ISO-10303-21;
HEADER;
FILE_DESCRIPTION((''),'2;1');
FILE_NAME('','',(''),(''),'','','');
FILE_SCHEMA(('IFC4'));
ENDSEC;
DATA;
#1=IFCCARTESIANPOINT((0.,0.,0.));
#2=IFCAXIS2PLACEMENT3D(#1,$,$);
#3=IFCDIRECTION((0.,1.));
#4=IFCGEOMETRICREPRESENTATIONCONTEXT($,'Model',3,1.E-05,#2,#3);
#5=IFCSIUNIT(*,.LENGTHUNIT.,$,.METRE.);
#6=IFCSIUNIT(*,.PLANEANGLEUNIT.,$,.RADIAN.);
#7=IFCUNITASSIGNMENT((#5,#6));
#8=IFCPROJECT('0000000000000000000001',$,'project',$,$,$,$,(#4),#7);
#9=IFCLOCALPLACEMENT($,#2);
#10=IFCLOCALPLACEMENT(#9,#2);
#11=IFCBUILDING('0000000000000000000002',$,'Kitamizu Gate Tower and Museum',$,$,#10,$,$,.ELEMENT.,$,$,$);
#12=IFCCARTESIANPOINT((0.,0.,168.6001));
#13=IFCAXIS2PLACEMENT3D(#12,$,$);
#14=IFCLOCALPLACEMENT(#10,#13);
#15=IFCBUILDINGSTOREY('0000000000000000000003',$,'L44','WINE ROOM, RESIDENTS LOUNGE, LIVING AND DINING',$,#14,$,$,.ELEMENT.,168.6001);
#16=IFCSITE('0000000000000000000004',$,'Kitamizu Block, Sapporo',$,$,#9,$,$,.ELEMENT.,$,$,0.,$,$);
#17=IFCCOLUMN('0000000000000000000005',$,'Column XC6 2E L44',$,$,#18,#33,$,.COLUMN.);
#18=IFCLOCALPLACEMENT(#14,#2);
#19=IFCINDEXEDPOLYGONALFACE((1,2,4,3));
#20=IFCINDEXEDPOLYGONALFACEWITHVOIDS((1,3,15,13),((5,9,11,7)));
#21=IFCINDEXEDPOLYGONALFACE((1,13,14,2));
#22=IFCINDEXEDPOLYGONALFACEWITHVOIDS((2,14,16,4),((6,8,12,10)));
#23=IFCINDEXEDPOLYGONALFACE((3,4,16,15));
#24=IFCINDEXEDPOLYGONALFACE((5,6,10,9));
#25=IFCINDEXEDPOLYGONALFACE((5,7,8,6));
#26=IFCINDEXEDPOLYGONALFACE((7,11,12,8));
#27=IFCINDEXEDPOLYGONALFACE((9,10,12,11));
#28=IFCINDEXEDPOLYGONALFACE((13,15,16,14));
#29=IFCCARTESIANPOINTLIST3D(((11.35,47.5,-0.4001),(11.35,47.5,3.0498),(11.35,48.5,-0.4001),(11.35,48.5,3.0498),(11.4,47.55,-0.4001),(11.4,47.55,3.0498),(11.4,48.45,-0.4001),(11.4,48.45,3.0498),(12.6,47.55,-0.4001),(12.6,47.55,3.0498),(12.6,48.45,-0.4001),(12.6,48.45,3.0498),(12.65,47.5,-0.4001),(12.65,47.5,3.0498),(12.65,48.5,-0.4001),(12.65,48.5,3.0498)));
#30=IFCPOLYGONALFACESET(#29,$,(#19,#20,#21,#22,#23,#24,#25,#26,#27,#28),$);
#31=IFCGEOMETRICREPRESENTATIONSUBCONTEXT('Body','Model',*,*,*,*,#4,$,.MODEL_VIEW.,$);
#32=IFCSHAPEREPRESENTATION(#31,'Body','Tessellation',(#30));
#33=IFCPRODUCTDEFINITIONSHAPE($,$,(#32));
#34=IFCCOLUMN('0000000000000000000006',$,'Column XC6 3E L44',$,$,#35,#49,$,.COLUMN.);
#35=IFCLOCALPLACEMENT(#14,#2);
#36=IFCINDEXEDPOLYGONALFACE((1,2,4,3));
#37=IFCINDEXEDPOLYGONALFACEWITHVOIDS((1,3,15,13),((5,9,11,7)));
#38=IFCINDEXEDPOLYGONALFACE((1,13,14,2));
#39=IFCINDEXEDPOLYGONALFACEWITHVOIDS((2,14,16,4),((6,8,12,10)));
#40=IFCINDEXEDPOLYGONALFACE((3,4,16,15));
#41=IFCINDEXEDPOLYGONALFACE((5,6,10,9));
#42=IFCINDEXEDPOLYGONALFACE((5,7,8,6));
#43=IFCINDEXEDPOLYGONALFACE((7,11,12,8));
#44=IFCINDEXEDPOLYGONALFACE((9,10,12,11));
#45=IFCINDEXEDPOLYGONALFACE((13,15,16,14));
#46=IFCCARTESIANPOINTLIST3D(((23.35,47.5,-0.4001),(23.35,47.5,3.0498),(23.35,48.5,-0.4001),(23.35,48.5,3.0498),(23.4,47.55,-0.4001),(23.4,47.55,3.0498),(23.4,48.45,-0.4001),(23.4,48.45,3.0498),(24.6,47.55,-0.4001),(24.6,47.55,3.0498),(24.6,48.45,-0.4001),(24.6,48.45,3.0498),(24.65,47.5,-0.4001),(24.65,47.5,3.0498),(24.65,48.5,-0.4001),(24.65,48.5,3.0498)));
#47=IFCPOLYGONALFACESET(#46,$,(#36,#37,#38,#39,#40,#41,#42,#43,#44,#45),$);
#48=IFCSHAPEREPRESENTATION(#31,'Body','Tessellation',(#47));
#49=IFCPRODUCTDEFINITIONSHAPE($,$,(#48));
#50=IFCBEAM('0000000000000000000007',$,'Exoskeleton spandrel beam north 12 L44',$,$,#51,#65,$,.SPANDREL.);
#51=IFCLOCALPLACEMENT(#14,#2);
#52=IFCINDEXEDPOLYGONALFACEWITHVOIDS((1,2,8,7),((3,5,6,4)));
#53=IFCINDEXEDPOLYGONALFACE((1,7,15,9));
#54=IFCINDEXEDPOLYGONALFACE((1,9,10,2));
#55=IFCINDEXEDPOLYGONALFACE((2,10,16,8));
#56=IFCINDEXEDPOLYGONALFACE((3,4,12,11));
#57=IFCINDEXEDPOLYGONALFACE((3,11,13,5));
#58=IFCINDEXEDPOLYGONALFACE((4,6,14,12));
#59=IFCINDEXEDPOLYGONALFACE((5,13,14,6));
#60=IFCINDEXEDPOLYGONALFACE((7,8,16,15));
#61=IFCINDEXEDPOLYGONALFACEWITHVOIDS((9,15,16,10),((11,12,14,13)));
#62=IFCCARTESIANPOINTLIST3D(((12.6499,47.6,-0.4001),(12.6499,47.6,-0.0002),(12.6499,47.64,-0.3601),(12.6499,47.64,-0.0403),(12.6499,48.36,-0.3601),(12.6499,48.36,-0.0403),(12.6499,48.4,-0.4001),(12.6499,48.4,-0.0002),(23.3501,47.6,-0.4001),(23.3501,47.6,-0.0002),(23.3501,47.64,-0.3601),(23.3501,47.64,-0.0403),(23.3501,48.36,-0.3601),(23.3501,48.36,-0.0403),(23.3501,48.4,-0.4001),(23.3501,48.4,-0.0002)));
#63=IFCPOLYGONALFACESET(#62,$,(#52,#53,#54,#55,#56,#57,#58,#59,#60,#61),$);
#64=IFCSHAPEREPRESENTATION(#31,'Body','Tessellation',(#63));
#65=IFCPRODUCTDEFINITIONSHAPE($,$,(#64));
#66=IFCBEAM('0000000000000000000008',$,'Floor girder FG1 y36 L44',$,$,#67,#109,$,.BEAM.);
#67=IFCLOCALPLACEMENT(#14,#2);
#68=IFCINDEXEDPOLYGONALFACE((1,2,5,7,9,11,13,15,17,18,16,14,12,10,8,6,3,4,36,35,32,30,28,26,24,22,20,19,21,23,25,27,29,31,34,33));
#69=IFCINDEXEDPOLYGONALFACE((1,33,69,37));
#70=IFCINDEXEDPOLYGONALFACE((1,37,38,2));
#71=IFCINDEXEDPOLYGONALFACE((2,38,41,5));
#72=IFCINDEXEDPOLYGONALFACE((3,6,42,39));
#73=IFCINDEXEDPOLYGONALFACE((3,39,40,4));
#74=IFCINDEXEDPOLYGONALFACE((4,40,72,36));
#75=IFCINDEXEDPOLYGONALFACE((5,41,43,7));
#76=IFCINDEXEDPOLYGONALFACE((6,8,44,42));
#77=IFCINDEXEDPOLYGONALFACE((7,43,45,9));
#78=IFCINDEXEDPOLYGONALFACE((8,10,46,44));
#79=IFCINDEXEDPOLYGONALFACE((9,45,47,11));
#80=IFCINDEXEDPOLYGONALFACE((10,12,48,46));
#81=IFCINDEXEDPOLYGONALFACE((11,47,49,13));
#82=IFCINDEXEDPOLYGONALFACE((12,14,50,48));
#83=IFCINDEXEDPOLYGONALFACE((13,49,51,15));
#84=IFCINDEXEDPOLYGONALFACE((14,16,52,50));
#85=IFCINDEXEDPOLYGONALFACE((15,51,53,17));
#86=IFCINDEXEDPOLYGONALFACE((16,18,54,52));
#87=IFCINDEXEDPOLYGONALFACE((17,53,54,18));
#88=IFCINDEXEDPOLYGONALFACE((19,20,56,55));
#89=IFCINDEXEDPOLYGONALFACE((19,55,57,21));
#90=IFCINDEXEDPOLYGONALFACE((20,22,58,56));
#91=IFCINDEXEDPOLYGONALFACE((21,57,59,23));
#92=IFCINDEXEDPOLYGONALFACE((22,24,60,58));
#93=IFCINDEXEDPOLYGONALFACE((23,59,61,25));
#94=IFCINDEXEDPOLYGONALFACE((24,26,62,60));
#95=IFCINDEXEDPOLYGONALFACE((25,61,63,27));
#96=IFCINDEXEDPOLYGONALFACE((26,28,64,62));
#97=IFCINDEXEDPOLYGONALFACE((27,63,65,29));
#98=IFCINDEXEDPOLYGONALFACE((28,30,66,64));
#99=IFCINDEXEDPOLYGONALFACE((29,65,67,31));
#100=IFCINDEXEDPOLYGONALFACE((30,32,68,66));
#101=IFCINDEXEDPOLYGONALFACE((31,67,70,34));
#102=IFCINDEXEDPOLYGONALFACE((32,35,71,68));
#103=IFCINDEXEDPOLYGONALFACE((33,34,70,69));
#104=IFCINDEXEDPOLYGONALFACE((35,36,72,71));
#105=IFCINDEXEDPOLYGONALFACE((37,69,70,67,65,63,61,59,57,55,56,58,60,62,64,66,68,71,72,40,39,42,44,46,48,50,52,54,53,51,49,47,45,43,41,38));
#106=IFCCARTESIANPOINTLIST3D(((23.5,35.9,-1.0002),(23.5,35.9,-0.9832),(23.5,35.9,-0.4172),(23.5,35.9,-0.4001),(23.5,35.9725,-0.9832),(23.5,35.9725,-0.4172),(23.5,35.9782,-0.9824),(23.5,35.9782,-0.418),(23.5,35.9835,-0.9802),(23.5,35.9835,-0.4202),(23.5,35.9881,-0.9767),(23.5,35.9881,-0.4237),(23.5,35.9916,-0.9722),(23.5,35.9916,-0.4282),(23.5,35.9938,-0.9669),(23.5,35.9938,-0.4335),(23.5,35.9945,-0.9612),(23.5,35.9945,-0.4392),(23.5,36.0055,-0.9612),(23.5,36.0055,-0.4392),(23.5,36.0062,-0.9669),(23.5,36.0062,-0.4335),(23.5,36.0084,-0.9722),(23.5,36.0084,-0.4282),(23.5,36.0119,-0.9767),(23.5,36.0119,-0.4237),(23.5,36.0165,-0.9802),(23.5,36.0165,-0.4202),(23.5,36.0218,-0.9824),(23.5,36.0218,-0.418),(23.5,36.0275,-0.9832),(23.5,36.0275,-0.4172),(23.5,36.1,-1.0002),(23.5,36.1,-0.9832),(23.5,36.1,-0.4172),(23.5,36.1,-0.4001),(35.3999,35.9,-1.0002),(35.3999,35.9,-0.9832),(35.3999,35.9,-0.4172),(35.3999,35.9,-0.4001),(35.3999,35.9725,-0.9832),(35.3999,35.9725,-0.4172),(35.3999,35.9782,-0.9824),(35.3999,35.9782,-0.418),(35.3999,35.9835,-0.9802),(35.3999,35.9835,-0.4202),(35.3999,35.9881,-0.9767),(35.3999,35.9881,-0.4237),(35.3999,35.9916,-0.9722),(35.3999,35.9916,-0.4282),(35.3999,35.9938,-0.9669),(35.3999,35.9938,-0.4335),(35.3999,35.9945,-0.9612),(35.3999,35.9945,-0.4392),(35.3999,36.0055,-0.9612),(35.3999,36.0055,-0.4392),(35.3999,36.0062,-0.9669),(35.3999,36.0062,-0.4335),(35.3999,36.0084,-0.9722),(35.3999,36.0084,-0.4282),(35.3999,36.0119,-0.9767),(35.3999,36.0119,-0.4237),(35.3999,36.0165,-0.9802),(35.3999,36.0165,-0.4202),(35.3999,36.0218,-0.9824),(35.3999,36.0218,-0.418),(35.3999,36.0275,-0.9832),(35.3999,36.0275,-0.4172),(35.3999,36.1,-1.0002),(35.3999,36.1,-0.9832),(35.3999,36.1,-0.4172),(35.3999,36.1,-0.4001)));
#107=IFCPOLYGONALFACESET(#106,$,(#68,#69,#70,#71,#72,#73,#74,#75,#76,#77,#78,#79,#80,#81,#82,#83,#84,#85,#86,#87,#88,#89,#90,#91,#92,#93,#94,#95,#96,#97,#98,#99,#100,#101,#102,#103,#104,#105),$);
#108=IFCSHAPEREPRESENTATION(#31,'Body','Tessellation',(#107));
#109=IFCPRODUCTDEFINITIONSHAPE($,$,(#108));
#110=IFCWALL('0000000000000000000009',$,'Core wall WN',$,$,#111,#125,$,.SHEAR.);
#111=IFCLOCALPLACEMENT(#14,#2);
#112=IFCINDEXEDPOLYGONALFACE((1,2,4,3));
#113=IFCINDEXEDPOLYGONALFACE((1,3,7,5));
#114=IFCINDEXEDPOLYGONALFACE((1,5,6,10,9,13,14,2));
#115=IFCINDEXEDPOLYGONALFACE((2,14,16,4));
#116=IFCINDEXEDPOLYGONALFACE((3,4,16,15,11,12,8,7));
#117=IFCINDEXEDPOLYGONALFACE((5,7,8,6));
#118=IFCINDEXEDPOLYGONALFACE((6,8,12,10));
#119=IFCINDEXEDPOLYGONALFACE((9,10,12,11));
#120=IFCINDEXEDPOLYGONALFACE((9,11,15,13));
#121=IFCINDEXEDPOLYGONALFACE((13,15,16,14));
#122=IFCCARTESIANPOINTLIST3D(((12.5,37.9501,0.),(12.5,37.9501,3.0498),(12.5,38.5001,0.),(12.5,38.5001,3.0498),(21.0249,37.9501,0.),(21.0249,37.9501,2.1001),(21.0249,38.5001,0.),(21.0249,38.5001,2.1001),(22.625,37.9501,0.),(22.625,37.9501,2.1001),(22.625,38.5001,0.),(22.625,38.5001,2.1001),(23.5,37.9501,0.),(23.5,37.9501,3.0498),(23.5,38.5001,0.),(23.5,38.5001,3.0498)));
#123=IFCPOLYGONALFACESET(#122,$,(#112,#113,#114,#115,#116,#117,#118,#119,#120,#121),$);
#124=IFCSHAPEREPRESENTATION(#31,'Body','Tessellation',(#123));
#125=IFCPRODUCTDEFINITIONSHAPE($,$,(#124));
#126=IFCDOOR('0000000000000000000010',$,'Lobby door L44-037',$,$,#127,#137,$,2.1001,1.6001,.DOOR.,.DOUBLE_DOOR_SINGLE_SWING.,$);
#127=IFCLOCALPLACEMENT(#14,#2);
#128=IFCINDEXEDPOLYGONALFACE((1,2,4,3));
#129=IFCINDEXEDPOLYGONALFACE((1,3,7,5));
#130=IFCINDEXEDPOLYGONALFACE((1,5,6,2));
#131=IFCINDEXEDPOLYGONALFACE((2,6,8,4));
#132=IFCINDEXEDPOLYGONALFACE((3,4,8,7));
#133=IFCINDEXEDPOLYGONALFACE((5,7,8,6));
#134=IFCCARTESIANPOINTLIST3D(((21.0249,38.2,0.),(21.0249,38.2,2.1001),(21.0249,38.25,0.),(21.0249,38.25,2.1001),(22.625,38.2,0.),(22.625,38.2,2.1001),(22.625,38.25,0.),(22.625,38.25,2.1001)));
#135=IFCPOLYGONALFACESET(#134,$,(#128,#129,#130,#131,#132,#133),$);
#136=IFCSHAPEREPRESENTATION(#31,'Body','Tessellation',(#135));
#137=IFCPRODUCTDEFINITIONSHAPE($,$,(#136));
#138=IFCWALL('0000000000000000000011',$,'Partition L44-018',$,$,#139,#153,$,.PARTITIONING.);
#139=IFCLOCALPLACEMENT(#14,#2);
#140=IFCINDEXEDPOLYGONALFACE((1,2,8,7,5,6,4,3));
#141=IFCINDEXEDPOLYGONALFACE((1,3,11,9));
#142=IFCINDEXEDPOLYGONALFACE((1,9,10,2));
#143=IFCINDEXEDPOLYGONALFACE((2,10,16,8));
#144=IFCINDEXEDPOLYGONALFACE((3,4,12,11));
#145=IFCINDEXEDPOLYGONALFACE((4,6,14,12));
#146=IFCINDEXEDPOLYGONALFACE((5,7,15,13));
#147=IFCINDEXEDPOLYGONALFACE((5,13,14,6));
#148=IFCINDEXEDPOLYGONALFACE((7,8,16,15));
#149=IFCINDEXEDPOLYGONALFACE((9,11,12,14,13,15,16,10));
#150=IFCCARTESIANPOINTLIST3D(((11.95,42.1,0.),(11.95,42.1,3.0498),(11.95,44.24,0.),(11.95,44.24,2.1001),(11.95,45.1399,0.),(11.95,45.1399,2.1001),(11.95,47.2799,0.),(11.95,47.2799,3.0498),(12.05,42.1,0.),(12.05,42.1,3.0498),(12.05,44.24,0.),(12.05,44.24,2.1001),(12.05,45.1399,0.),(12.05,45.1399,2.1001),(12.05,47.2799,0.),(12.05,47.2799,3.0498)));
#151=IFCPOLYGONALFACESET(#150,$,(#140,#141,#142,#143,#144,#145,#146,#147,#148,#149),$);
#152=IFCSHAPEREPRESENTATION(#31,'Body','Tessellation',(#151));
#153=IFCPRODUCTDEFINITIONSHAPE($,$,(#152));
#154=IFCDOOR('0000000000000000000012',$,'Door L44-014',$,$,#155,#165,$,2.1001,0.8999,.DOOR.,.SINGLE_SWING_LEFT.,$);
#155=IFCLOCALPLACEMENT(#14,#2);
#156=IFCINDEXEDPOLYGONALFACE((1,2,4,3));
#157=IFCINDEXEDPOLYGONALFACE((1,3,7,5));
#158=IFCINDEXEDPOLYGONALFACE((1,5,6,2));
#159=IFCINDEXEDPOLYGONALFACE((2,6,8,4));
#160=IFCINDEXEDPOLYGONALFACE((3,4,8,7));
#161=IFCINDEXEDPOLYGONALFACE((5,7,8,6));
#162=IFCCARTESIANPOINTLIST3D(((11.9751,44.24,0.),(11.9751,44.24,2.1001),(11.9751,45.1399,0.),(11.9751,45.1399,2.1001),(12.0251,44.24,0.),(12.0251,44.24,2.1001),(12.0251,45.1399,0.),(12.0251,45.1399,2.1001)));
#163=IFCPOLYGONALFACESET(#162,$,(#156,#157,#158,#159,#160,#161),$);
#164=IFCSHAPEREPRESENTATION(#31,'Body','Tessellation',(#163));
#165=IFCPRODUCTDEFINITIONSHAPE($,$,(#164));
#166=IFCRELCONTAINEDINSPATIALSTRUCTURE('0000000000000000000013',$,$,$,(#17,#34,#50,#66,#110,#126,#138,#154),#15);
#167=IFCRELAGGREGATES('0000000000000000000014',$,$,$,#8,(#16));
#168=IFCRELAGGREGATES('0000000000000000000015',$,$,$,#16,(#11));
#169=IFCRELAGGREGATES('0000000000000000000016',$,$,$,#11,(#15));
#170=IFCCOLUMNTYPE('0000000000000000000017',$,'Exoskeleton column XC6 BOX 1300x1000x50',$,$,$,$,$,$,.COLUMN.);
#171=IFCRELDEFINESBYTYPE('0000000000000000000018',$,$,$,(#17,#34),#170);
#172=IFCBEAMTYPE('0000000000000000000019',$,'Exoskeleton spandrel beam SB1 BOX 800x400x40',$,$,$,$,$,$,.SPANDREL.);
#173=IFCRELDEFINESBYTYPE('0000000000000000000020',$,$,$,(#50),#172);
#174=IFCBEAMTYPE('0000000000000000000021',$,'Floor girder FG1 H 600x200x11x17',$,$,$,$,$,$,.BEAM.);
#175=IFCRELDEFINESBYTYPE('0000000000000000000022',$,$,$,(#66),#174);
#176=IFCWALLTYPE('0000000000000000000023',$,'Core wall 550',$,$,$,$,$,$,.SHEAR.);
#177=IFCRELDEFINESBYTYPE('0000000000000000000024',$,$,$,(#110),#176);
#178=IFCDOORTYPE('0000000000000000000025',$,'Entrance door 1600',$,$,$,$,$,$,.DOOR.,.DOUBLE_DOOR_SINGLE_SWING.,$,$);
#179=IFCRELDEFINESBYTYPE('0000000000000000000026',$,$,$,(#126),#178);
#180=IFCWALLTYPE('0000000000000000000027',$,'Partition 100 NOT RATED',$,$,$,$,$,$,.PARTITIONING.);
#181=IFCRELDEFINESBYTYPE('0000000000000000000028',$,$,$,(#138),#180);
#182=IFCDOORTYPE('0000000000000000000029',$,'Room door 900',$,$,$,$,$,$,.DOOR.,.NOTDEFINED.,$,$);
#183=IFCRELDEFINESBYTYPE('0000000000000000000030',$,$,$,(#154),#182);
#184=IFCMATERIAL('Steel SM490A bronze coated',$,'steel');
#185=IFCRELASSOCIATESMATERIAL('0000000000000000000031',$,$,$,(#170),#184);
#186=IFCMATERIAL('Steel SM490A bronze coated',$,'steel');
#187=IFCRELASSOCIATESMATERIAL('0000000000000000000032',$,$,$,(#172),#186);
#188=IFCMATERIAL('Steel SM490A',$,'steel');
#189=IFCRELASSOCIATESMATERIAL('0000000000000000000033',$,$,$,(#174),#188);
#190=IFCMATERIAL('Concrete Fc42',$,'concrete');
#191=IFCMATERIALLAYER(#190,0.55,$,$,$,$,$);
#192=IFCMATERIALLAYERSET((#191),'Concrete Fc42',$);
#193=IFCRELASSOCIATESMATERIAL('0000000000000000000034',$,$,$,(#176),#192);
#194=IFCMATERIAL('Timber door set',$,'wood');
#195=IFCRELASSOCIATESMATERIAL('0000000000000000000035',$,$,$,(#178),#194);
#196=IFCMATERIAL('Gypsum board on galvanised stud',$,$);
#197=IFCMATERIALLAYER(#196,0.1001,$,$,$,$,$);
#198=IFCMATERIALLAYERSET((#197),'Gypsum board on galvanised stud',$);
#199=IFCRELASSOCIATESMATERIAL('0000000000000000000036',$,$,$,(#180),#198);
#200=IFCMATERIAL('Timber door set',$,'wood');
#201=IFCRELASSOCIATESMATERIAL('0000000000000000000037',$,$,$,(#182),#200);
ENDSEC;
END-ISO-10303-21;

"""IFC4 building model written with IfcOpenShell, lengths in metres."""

from ifc_helpers import new_model, si_unit, direction, frame, frame_2d, origin, origin_2d, place, context, subcontext, project, spatial, rectangle, hollow_rectangle, i_section, extrude, material, layer, layer_set, material_profile, profile_set, type_object, element, fill, save


model = new_model("IFC4")

# Units and contexts
model_context = context("Model", 3, precision=1e-05, world=origin(), true_north=direction((0.0, 1.0)))
body_context = subcontext(model_context, "Body", "Model", "MODEL_VIEW")
ifc_project = project(units=[si_unit("LENGTHUNIT", "METRE"), si_unit("PLANEANGLEUNIT", "RADIAN")], contexts=[model_context])

# Site, building, storey
site_placement = place(None, origin())
site = spatial("IfcSite", under=ifc_project, at=site_placement, Name="Kitamizu Block, Sapporo", CompositionType="ELEMENT", RefElevation=0.0)
building_placement = place(site_placement, origin())
building = spatial("IfcBuilding", under=site, at=building_placement, Name="Kitamizu Gate Tower and Museum", CompositionType="ELEMENT")
storey_placement = place(building_placement, frame((0.0, 0.0, 168.6001)))
storey = spatial("IfcBuildingStorey", under=building, at=storey_placement, Name="L44", Description="WINE ROOM, RESIDENTS LOUNGE, LIVING AND DINING", CompositionType="ELEMENT", Elevation=168.6001)

# Columns
ifc_material_1 = material(Name="Steel SM490A bronze coated", Category="steel")
ifc_material_profile_1 = material_profile(ifc_material_1, hollow_rectangle(XDim=1.3, YDim=1.0, WallThickness=0.05, at=origin_2d()), Name="BOX 1300x1000x50")
ifc_profile_set_1 = profile_set([ifc_material_profile_1], Name="Steel SM490A bronze coated")
column_type = type_object("IfcColumnType", Name="Exoskeleton column XC6 BOX 1300x1000x50", PredefinedType="COLUMN", material=ifc_profile_set_1)
for number, where, z_axis, x_axis, name in (
    (1, (12.0, 48.0, -0.4001), (0.0, 0.0, 1.0), (1.0, 0.0, 0.0), "Column XC6 2E L44"),
    (2, (24.0, 48.0, -0.4001), (0.0, 0.0, 1.0), (1.0, 0.0, 0.0), "Column XC6 3E L44"),
):
    element("IfcColumn", number, at=place(storey_placement, frame(where, z_axis=z_axis, x_axis=x_axis)), inside=storey, type_object=column_type, Name=name, PredefinedType="COLUMN", context=body_context, shape_type="SweptSolid", body=[
        extrude(hollow_rectangle(XDim=1.3, YDim=1.0, WallThickness=0.05, at=origin_2d()), origin(), (0.0, 0.0, 1.0), 3.45),
    ])

# Beams
ifc_material_2 = material(Name="Steel SM490A bronze coated", Category="steel")
ifc_material_profile_2 = material_profile(ifc_material_2, hollow_rectangle(XDim=0.8, YDim=0.3999, WallThickness=0.04, at=origin_2d()), Name="BOX 800x400x40")
ifc_profile_set_2 = profile_set([ifc_material_profile_2], Name="Steel SM490A bronze coated")
beam_type_1 = type_object("IfcBeamType", Name="Exoskeleton spandrel beam SB1 BOX 800x400x40", PredefinedType="SPANDREL", material=ifc_profile_set_2)
beam_1_placement = place(storey_placement, frame((12.6499, 48.0, -0.2002), z_axis=(1.0, 0.0, 0.0), x_axis=(0.0, 1.0, 0.0)))
element("IfcBeam", 3, at=beam_1_placement, inside=storey, type_object=beam_type_1, Name="Exoskeleton spandrel beam north 12 L44", PredefinedType="SPANDREL", context=body_context, shape_type="SweptSolid", body=[
    extrude(hollow_rectangle(XDim=0.8, YDim=0.3999, WallThickness=0.04, at=origin_2d()), origin(), (0.0, 0.0, 1.0), 10.7002),
])
ifc_material_3 = material(Name="Steel SM490A", Category="steel")
ifc_material_profile_3 = material_profile(ifc_material_3, i_section(OverallWidth=0.2, OverallDepth=0.6001, WebThickness=0.011, FlangeThickness=0.0171, FilletRadius=0.022, at=origin_2d()), Name="H-600x200x11x17")
ifc_profile_set_3 = profile_set([ifc_material_profile_3], Name="Steel SM490A")
beam_type_2 = type_object("IfcBeamType", Name="Floor girder FG1 H 600x200x11x17", PredefinedType="BEAM", material=ifc_profile_set_3)
beam_2_placement = place(storey_placement, frame((23.5, 36.0, -0.7002), z_axis=(1.0, 0.0, 0.0), x_axis=(0.0, 1.0, 0.0)))
element("IfcBeam", 4, at=beam_2_placement, inside=storey, type_object=beam_type_2, Name="Floor girder FG1 y36 L44", PredefinedType="BEAM", context=body_context, shape_type="SweptSolid", body=[
    extrude(i_section(OverallWidth=0.2, OverallDepth=0.6001, WebThickness=0.011, FlangeThickness=0.0171, FilletRadius=0.022, at=origin_2d()), origin(), (0.0, 0.0, 1.0), 11.8999),
])

# Walls, openings, doors
ifc_material_4 = material(Name="Concrete Fc42", Category="concrete")
ifc_layer_1 = layer(ifc_material_4, 0.55)
ifc_layer_set_1 = layer_set([ifc_layer_1], Name="Concrete Fc42")
wall_type_1 = type_object("IfcWallType", Name="Core wall 550", PredefinedType="SHEAR", material=ifc_layer_set_1)
wall_1_placement = place(storey_placement, frame((12.5, 38.2251, 0.0), z_axis=(0.0, 0.0, 1.0), x_axis=(1.0, 0.0, 0.0)))
wall_1 = element("IfcWall", 5, at=wall_1_placement, inside=storey, type_object=wall_type_1, Name="Core wall WN", PredefinedType="SHEAR", context=body_context, shape_type="SweptSolid", body=[
    extrude(rectangle(XDim=11.0, YDim=0.55, at=frame_2d((5.5, 0.0))), origin(), (0.0, 0.0, 1.0), 3.0498),
])
opening_1_placement = place(wall_1_placement, frame((8.5249, 0.0, 0.0)))
opening_1 = element("IfcOpeningElement", 6, at=opening_1_placement, cuts=wall_1, PredefinedType="OPENING", context=body_context, shape_type="SweptSolid", body=[
    extrude(rectangle(XDim=1.6001, YDim=2.1001, at=frame_2d((0.8, 1.05))), frame((0.0, 0.2852, 0.0), z_axis=(0.0, -1.0, 0.0), x_axis=(1.0, 0.0, 0.0)), (0.0, 0.0, 1.0), 0.5701),
])
ifc_material_5 = material(Name="Timber door set", Category="wood")
door_type_1 = type_object("IfcDoorType", Name="Entrance door 1600", OperationType="DOUBLE_DOOR_SINGLE_SWING", PredefinedType="DOOR", material=ifc_material_5)
door_1_placement = place(opening_1_placement, origin())
door_1 = element("IfcDoor", 7, at=door_1_placement, inside=storey, type_object=door_type_1, Name="Lobby door L44-037", OperationType="DOUBLE_DOOR_SINGLE_SWING", OverallHeight=2.1001, OverallWidth=1.6001, PredefinedType="DOOR", context=body_context, shape_type="SweptSolid", body=[
    extrude(rectangle(XDim=1.6001, YDim=2.1001, at=frame_2d((0.8, 1.05))), frame((0.0, 0.0249, 0.0), z_axis=(0.0, -1.0, 0.0), x_axis=(1.0, 0.0, 0.0)), (0.0, 0.0, 1.0), 0.05),
])
fill(opening_1, door_1)
ifc_material_6 = material(Name="Gypsum board on galvanised stud")
ifc_layer_2 = layer(ifc_material_6, 0.1001)
ifc_layer_set_2 = layer_set([ifc_layer_2], Name="Gypsum board on galvanised stud")
wall_type_2 = type_object("IfcWallType", Name="Partition 100 NOT RATED", PredefinedType="PARTITIONING", material=ifc_layer_set_2)
wall_2_placement = place(storey_placement, frame((12.0, 42.1001, 0.0), z_axis=(0.0, 0.0, 1.0), x_axis=(0.0, 1.0, 0.0)))
wall_2 = element("IfcWall", 8, at=wall_2_placement, inside=storey, type_object=wall_type_2, Name="Partition L44-018", PredefinedType="PARTITIONING", context=body_context, shape_type="SweptSolid", body=[
    extrude(rectangle(XDim=5.1799, YDim=0.1001, at=frame_2d((2.5898, 0.0))), origin(), (0.0, 0.0, 1.0), 3.0498),
])
opening_2_placement = place(wall_2_placement, frame((2.1399, 0.0, 0.0)))
opening_2 = element("IfcOpeningElement", 9, at=opening_2_placement, cuts=wall_2, PredefinedType="OPENING", context=body_context, shape_type="SweptSolid", body=[
    extrude(rectangle(XDim=0.8999, YDim=2.1001, at=frame_2d((0.45, 1.05))), frame((0.0, 0.0601, 0.0), z_axis=(0.0, -1.0, 0.0), x_axis=(1.0, 0.0, 0.0)), (0.0, 0.0, 1.0), 0.1201),
])
ifc_material_7 = material(Name="Timber door set", Category="wood")
door_type_2 = type_object("IfcDoorType", Name="Room door 900", OperationType="NOTDEFINED", PredefinedType="DOOR", material=ifc_material_7)
door_2_placement = place(opening_2_placement, origin())
door_2 = element("IfcDoor", 10, at=door_2_placement, inside=storey, type_object=door_type_2, Name="Door L44-014", OperationType="SINGLE_SWING_LEFT", OverallHeight=2.1001, OverallWidth=0.8999, PredefinedType="DOOR", context=body_context, shape_type="SweptSolid", body=[
    extrude(rectangle(XDim=0.8999, YDim=2.1001, at=frame_2d((0.45, 1.05))), frame((0.0, 0.0249, 0.0), z_axis=(0.0, -1.0, 0.0), x_axis=(1.0, 0.0, 0.0)), (0.0, 0.0, 1.0), 0.05),
])
fill(opening_2, door_2)

save(model, "model.ifc")
